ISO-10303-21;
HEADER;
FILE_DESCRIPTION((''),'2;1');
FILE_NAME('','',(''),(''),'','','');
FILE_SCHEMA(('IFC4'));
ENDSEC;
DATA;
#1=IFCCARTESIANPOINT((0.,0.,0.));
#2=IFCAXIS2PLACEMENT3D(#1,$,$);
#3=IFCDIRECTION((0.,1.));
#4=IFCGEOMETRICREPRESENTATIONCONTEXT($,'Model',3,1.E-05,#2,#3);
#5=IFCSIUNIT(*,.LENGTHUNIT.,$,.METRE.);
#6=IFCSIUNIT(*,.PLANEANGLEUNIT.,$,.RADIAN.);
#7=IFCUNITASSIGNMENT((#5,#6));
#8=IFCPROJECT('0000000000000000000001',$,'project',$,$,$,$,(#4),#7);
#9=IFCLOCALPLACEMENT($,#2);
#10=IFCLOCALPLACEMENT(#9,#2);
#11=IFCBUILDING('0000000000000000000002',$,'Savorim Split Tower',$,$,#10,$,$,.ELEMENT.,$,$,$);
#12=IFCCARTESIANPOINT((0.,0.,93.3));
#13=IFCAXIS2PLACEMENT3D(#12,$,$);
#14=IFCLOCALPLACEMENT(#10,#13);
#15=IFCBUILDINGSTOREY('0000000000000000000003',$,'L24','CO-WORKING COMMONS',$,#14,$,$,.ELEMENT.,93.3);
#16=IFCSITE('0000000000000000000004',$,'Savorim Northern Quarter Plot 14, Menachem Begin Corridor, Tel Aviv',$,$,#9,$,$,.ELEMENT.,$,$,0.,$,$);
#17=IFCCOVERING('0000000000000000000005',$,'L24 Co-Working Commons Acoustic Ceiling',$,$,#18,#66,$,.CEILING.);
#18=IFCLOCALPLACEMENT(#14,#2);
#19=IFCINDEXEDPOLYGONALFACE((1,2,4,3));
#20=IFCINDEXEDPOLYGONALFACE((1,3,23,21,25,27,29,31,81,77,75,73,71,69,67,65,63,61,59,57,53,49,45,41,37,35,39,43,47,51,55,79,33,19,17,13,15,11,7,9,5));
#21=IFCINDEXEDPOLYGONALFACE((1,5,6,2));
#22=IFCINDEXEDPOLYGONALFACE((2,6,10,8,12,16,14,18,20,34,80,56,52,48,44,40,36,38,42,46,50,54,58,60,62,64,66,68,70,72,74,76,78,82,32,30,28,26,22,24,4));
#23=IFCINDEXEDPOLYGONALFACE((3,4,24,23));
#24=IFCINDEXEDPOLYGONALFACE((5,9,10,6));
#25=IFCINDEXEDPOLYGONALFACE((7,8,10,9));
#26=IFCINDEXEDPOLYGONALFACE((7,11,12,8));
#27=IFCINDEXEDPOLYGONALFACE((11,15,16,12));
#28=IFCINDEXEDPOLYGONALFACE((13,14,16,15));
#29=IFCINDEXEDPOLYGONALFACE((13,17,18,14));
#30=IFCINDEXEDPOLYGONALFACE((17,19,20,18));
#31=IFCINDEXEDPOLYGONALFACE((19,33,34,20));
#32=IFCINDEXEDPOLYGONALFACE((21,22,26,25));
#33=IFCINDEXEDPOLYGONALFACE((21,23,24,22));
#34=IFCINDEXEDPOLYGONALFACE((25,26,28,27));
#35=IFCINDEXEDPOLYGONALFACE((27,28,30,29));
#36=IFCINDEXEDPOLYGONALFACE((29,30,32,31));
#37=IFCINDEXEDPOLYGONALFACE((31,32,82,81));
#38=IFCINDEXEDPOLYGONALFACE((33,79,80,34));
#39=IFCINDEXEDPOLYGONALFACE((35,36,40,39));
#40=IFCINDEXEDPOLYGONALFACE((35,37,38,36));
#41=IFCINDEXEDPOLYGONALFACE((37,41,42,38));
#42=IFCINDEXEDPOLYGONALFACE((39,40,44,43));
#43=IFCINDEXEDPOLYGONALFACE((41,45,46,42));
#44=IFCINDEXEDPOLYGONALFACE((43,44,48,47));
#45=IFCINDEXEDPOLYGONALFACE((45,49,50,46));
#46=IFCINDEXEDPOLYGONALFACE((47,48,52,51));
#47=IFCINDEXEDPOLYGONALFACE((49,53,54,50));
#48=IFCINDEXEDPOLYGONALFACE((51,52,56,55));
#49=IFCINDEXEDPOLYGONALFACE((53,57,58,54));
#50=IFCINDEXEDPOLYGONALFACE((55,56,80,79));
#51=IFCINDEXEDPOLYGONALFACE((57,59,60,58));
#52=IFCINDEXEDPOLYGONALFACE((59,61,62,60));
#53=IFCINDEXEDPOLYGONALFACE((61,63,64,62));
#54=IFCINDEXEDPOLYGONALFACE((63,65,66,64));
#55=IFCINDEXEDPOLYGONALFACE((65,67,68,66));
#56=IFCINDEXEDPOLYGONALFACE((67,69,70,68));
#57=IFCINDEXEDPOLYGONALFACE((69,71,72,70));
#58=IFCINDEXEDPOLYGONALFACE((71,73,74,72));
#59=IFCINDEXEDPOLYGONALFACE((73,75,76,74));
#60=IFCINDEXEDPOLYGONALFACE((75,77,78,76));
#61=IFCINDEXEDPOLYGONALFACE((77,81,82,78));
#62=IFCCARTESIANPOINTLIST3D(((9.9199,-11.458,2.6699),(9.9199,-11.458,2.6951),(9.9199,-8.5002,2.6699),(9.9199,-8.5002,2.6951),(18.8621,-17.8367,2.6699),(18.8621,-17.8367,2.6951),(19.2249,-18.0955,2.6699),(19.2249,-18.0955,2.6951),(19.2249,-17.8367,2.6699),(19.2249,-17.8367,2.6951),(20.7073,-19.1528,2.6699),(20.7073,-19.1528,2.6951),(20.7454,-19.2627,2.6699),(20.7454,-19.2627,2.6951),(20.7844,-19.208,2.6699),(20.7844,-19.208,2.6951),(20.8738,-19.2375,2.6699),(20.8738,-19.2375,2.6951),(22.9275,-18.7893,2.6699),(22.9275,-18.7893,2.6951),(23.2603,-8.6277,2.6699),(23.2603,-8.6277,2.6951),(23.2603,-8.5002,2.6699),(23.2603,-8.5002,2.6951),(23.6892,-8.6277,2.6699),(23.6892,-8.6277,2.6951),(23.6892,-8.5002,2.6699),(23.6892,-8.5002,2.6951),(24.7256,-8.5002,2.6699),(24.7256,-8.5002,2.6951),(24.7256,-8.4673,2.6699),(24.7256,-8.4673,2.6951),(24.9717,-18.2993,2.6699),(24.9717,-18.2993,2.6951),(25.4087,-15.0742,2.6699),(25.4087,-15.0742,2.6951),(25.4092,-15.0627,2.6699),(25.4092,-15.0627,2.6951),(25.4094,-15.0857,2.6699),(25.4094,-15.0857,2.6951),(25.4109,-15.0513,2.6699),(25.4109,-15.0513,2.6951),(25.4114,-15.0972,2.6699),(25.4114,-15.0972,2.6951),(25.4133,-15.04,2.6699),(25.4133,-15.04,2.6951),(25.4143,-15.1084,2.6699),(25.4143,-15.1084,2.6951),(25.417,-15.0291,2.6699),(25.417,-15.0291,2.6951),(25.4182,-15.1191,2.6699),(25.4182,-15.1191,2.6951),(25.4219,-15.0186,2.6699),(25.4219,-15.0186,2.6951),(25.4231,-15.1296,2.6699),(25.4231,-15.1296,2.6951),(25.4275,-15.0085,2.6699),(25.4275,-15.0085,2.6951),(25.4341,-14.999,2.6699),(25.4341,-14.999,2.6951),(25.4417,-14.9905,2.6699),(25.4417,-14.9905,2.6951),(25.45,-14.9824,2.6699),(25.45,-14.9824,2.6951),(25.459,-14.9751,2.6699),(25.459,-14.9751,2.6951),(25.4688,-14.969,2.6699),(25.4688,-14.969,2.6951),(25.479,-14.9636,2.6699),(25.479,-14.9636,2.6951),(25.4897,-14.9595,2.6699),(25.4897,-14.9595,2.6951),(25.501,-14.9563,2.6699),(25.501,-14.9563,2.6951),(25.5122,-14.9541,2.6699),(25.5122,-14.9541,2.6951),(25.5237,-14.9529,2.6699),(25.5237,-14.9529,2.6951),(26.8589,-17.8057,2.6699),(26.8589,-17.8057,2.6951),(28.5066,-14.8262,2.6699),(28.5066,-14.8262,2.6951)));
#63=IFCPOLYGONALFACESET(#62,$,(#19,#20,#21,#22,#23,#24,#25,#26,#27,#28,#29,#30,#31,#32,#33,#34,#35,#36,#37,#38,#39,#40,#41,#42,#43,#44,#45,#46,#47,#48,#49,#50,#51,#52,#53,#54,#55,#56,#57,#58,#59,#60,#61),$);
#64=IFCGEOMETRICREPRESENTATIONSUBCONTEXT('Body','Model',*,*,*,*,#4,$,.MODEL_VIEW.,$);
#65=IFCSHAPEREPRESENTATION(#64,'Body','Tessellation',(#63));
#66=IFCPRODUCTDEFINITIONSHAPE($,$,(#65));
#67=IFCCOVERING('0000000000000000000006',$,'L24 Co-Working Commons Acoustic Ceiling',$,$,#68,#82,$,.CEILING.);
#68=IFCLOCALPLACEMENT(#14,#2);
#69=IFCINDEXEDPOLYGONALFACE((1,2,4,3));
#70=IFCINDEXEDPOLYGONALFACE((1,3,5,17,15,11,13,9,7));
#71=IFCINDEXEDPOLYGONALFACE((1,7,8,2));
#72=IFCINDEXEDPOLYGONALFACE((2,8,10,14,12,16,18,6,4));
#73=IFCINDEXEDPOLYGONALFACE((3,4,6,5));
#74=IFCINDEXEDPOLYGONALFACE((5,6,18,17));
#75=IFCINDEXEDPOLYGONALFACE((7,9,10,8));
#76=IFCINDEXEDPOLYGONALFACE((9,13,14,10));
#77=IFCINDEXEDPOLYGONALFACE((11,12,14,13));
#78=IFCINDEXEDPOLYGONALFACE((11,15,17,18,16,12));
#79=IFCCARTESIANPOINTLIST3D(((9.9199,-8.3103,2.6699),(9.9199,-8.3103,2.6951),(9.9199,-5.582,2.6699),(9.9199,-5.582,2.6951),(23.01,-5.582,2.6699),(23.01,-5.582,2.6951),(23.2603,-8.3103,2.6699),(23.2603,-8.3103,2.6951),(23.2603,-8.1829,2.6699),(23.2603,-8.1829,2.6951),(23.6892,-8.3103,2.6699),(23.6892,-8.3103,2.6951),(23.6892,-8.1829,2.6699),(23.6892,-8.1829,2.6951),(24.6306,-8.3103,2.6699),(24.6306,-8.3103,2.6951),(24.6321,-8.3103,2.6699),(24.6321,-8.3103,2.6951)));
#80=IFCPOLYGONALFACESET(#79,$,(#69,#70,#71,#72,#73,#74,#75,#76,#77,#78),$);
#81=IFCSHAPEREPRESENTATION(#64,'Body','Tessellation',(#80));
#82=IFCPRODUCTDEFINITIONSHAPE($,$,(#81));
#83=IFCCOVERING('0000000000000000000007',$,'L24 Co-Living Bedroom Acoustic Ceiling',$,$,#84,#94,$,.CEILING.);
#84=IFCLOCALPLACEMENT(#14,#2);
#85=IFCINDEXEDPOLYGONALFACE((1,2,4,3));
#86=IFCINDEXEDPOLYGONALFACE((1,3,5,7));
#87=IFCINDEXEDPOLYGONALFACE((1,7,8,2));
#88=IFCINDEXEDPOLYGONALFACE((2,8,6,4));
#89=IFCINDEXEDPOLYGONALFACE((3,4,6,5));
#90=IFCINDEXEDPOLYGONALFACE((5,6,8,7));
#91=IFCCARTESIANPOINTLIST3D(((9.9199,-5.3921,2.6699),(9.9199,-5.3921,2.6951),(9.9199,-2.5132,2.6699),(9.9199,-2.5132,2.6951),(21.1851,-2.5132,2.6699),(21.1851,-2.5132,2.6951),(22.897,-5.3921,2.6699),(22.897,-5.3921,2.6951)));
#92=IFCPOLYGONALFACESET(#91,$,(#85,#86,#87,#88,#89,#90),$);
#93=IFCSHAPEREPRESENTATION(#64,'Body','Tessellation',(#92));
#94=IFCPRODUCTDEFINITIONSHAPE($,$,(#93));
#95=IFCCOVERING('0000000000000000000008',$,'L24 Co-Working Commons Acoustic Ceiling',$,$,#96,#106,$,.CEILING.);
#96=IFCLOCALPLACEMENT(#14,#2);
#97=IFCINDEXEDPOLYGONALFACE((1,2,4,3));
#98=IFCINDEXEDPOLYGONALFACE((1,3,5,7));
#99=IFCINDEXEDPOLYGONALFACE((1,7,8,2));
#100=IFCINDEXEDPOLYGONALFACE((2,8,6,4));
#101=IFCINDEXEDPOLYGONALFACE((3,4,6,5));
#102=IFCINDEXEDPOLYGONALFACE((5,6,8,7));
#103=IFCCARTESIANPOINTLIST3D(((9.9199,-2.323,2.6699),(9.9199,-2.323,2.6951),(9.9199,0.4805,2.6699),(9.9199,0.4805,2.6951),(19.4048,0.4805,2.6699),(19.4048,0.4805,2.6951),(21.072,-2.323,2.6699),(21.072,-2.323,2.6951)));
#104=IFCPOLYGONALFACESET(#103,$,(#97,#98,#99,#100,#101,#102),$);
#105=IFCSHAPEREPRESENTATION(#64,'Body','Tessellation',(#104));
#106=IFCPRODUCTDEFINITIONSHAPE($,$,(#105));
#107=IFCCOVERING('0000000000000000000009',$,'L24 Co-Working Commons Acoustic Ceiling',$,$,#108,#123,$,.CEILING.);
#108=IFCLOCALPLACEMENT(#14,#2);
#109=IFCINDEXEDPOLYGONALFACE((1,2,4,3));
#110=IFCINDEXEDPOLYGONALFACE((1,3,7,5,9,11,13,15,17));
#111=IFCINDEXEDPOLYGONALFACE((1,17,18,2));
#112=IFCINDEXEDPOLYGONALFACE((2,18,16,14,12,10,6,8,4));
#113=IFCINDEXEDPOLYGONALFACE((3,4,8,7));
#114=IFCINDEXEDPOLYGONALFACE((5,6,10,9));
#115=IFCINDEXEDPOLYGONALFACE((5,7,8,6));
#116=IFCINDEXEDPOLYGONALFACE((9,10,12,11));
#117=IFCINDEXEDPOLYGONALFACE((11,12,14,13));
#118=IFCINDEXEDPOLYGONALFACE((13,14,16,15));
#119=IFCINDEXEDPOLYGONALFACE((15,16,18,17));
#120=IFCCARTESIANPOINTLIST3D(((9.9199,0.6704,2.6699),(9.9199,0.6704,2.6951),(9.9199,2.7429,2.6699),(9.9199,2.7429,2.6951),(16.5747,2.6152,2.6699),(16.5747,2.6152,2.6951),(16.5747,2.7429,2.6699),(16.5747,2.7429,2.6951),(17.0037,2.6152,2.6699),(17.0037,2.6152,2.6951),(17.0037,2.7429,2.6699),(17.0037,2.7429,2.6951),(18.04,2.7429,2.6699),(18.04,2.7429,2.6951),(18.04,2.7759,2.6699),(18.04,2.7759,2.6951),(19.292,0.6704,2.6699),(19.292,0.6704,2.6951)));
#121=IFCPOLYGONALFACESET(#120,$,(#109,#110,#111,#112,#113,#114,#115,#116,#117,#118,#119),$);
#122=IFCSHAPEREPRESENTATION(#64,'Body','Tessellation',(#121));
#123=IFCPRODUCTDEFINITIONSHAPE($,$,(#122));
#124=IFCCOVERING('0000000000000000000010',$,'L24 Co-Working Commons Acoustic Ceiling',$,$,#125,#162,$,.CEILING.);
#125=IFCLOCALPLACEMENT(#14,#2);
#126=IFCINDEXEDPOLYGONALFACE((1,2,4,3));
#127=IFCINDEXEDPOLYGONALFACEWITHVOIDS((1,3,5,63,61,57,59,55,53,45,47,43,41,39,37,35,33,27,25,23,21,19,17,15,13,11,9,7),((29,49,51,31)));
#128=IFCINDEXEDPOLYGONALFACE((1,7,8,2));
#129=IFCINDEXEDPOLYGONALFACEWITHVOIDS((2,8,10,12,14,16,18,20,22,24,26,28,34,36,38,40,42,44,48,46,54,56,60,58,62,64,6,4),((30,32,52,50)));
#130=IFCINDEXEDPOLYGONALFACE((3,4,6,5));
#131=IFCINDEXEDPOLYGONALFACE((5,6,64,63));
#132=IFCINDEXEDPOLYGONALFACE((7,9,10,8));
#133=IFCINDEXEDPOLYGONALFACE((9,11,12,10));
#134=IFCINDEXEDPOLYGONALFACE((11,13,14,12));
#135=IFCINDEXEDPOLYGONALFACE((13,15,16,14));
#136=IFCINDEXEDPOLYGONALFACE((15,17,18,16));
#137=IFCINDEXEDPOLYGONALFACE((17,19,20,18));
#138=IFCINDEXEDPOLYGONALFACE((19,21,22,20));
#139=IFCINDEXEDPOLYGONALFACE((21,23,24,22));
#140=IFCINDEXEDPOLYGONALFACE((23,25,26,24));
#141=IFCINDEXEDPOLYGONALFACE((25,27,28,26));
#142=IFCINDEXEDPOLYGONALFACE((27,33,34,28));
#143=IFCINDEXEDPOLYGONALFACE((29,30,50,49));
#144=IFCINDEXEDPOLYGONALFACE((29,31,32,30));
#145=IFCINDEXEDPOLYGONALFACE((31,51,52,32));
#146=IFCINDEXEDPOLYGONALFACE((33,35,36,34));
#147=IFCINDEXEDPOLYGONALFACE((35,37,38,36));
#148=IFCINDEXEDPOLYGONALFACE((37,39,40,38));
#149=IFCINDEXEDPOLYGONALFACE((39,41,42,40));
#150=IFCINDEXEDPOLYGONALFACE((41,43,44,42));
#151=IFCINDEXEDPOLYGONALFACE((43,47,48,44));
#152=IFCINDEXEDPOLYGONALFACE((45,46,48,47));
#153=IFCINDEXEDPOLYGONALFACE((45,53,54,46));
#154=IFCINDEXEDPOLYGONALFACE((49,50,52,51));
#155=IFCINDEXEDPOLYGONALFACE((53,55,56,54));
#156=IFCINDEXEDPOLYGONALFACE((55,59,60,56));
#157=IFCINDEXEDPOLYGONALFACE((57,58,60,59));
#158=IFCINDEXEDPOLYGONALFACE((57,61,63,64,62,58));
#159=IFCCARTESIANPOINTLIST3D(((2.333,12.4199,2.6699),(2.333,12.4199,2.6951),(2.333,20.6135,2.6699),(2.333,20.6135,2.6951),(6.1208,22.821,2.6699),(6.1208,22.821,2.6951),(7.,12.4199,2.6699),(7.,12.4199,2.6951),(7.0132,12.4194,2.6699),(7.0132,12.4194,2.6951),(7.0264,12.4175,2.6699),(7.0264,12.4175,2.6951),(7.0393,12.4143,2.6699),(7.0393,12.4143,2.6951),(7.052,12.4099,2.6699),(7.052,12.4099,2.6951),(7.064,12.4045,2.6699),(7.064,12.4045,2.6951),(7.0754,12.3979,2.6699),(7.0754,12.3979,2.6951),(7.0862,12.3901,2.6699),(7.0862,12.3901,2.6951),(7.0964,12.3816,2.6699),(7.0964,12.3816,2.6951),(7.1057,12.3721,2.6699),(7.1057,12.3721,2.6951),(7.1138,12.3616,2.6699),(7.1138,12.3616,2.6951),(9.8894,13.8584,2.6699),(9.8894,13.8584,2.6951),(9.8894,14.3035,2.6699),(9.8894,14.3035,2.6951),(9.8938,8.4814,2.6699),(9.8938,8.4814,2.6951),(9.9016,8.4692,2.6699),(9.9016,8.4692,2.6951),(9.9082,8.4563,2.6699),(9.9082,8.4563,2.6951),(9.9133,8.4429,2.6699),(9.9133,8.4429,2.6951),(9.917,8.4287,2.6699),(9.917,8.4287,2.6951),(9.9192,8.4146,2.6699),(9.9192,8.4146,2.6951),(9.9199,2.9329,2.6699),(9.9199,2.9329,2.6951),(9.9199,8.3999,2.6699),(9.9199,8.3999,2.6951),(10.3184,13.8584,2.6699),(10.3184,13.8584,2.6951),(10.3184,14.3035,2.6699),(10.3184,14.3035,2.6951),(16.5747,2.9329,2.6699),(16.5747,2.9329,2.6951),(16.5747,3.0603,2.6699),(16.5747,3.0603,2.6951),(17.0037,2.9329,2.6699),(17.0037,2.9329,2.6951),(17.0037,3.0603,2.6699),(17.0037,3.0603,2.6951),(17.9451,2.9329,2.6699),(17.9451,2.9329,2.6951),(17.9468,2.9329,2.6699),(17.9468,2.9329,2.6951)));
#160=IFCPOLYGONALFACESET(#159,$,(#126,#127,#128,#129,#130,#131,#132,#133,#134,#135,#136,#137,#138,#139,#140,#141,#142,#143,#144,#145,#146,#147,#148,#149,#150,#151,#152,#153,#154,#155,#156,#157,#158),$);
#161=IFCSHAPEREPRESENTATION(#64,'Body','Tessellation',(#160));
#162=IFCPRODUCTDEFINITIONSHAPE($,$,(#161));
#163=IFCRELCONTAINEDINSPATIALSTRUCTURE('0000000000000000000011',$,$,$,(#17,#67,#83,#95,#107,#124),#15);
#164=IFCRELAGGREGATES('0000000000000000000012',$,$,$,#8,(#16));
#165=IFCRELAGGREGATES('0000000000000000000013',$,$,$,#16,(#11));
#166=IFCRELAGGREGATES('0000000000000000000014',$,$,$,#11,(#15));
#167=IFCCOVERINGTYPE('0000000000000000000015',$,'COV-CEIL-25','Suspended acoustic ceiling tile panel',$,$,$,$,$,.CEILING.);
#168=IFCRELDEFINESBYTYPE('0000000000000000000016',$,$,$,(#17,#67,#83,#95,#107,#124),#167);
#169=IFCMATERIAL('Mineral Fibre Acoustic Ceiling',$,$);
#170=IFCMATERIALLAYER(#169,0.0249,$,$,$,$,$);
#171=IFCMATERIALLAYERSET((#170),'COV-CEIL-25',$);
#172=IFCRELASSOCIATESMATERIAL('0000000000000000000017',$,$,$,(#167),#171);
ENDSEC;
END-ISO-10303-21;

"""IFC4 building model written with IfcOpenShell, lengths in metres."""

from ifc_helpers import new_model, si_unit, direction, frame, origin, place, context, subcontext, project, spatial, polyline, outline, extrude, material, layer, layer_set, type_object, element, save


model = new_model("IFC4")

# Units and contexts
model_context = context("Model", 3, precision=1e-05, world=origin(), true_north=direction((0.0, 1.0)))
body_context = subcontext(model_context, "Body", "Model", "MODEL_VIEW")
ifc_project = project(units=[si_unit("LENGTHUNIT", "METRE"), si_unit("PLANEANGLEUNIT", "RADIAN")], contexts=[model_context])

# Site, building, storey
site_placement = place(None, origin())
site = spatial("IfcSite", under=ifc_project, at=site_placement, Name="Savorim Northern Quarter Plot 14, Menachem Begin Corridor, Tel Aviv", CompositionType="ELEMENT", RefElevation=0.0)
building_placement = place(site_placement, origin())
building = spatial("IfcBuilding", under=site, at=building_placement, Name="Savorim Split Tower", CompositionType="ELEMENT")
storey_placement = place(building_placement, frame((0.0, 0.0, 93.3)))
storey = spatial("IfcBuildingStorey", under=building, at=storey_placement, Name="L24", Description="CO-WORKING COMMONS", CompositionType="ELEMENT", Elevation=93.3)

# Coverings
ifc_material_1 = material(Name="Mineral Fibre Acoustic Ceiling")
ifc_layer_1 = layer(ifc_material_1, 0.0249)
ifc_layer_set_1 = layer_set([ifc_layer_1], Name="COV-CEIL-25")
covering_type_1 = type_object("IfcCoveringType", Name="COV-CEIL-25", Description="Suspended acoustic ceiling tile panel", PredefinedType="CEILING", material=ifc_layer_set_1)
covering_1_placement = place(storey_placement, frame((0.0, 0.0, 2.6699)))
element("IfcCovering", 1, at=covering_1_placement, inside=storey, type_object=covering_type_1, Name="L24 Co-Working Commons Acoustic Ceiling", PredefinedType="CEILING", context=body_context, shape_type="SweptSolid", body=[
    extrude(outline(polyline([(25.501, -14.9563), (25.5122, -14.9541), (25.5237, -14.9529), (28.5066, -14.8262), (24.7256, -8.4673), (24.7256, -8.5002), (23.6892, -8.5002), (23.6892, -8.6277), (23.2603, -8.6277), (23.2603, -8.5002), (9.9199, -8.5002), (9.9199, -11.458), (18.8621, -17.8367), (19.2249, -17.8367), (19.2249, -18.0955), (20.7073, -19.1528), (20.7844, -19.208), (20.7454, -19.2627), (20.8738, -19.2375), (22.9275, -18.7893), (24.9717, -18.2993), (26.8589, -17.8057), (25.4231, -15.1296), (25.4182, -15.1191), (25.4143, -15.1084), (25.4114, -15.0972), (25.4094, -15.0857), (25.4087, -15.0742), (25.4092, -15.0627), (25.4109, -15.0513), (25.4133, -15.04), (25.417, -15.0291), (25.4219, -15.0186), (25.4275, -15.0085), (25.4341, -14.999), (25.4417, -14.9905), (25.45, -14.9824), (25.459, -14.9751), (25.4688, -14.969), (25.479, -14.9636), (25.4897, -14.9595), (25.501, -14.9563)])), origin(), (0.0, 0.0, 1.0), 0.0251),
])
covering_2_placement = place(storey_placement, frame((0.0, 0.0, 2.6699)))
element("IfcCovering", 2, at=covering_2_placement, inside=storey, type_object=covering_type_1, Name="L24 Co-Working Commons Acoustic Ceiling", PredefinedType="CEILING", context=body_context, shape_type="SweptSolid", body=[
    extrude(outline(polyline([(23.6892, -8.1829), (23.6892, -8.3103), (24.6306, -8.3103), (24.6321, -8.3103), (23.01, -5.582), (9.9199, -5.582), (9.9199, -8.3103), (23.2603, -8.3103), (23.2603, -8.1829), (23.6892, -8.1829)])), origin(), (0.0, 0.0, 1.0), 0.0251),
])
covering_3_placement = place(storey_placement, frame((0.0, 0.0, 2.6699)))
element("IfcCovering", 3, at=covering_3_placement, inside=storey, type_object=covering_type_1, Name="L24 Co-Living Bedroom Acoustic Ceiling", PredefinedType="CEILING", context=body_context, shape_type="SweptSolid", body=[
    extrude(outline(polyline([(22.897, -5.3921), (21.1851, -2.5132), (9.9199, -2.5132), (9.9199, -5.3921), (22.897, -5.3921)])), origin(), (0.0, 0.0, 1.0), 0.0251),
])
covering_4_placement = place(storey_placement, frame((0.0, 0.0, 2.6699)))
element("IfcCovering", 4, at=covering_4_placement, inside=storey, type_object=covering_type_1, Name="L24 Co-Working Commons Acoustic Ceiling", PredefinedType="CEILING", context=body_context, shape_type="SweptSolid", body=[
    extrude(outline(polyline([(21.072, -2.323), (19.4048, 0.4805), (9.9199, 0.4805), (9.9199, -2.323), (21.072, -2.323)])), origin(), (0.0, 0.0, 1.0), 0.0251),
])
covering_5_placement = place(storey_placement, frame((0.0, 0.0, 2.6699)))
element("IfcCovering", 5, at=covering_5_placement, inside=storey, type_object=covering_type_1, Name="L24 Co-Working Commons Acoustic Ceiling", PredefinedType="CEILING", context=body_context, shape_type="SweptSolid", body=[
    extrude(outline(polyline([(16.5747, 2.6152), (16.5747, 2.7429), (9.9199, 2.7429), (9.9199, 0.6704), (19.292, 0.6704), (18.04, 2.7759), (18.04, 2.7429), (17.0037, 2.7429), (17.0037, 2.6152), (16.5747, 2.6152)])), origin(), (0.0, 0.0, 1.0), 0.0251),
])
covering_6_placement = place(storey_placement, frame((0.0, 0.0, 2.6699)))
element("IfcCovering", 6, at=covering_6_placement, inside=storey, type_object=covering_type_1, Name="L24 Co-Working Commons Acoustic Ceiling", PredefinedType="CEILING", context=body_context, shape_type="SweptSolid", body=[
    extrude(outline(polyline([(17.9451, 2.9329), (17.9468, 2.9329), (6.1208, 22.821), (2.333, 20.6135), (2.333, 12.4199), (7.0, 12.4199), (7.0132, 12.4194), (7.0264, 12.4175), (7.0393, 12.4143), (7.052, 12.4099), (7.064, 12.4045), (7.0754, 12.3979), (7.0862, 12.3901), (7.0964, 12.3816), (7.1057, 12.3721), (7.1138, 12.3616), (9.8938, 8.4814), (9.9016, 8.4692), (9.9082, 8.4563), (9.9133, 8.4429), (9.917, 8.4287), (9.9192, 8.4146), (9.9199, 8.3999), (9.9199, 2.9329), (16.5747, 2.9329), (16.5747, 3.0603), (17.0037, 3.0603), (17.0037, 2.9329), (17.9451, 2.9329)]), holes=[polyline([(10.3184, 14.3035), (9.8894, 14.3035), (9.8894, 13.8584), (10.3184, 13.8584), (10.3184, 14.3035)])]), origin(), (0.0, 0.0, 1.0), 0.0251),
])

save(model, "model.ifc")
